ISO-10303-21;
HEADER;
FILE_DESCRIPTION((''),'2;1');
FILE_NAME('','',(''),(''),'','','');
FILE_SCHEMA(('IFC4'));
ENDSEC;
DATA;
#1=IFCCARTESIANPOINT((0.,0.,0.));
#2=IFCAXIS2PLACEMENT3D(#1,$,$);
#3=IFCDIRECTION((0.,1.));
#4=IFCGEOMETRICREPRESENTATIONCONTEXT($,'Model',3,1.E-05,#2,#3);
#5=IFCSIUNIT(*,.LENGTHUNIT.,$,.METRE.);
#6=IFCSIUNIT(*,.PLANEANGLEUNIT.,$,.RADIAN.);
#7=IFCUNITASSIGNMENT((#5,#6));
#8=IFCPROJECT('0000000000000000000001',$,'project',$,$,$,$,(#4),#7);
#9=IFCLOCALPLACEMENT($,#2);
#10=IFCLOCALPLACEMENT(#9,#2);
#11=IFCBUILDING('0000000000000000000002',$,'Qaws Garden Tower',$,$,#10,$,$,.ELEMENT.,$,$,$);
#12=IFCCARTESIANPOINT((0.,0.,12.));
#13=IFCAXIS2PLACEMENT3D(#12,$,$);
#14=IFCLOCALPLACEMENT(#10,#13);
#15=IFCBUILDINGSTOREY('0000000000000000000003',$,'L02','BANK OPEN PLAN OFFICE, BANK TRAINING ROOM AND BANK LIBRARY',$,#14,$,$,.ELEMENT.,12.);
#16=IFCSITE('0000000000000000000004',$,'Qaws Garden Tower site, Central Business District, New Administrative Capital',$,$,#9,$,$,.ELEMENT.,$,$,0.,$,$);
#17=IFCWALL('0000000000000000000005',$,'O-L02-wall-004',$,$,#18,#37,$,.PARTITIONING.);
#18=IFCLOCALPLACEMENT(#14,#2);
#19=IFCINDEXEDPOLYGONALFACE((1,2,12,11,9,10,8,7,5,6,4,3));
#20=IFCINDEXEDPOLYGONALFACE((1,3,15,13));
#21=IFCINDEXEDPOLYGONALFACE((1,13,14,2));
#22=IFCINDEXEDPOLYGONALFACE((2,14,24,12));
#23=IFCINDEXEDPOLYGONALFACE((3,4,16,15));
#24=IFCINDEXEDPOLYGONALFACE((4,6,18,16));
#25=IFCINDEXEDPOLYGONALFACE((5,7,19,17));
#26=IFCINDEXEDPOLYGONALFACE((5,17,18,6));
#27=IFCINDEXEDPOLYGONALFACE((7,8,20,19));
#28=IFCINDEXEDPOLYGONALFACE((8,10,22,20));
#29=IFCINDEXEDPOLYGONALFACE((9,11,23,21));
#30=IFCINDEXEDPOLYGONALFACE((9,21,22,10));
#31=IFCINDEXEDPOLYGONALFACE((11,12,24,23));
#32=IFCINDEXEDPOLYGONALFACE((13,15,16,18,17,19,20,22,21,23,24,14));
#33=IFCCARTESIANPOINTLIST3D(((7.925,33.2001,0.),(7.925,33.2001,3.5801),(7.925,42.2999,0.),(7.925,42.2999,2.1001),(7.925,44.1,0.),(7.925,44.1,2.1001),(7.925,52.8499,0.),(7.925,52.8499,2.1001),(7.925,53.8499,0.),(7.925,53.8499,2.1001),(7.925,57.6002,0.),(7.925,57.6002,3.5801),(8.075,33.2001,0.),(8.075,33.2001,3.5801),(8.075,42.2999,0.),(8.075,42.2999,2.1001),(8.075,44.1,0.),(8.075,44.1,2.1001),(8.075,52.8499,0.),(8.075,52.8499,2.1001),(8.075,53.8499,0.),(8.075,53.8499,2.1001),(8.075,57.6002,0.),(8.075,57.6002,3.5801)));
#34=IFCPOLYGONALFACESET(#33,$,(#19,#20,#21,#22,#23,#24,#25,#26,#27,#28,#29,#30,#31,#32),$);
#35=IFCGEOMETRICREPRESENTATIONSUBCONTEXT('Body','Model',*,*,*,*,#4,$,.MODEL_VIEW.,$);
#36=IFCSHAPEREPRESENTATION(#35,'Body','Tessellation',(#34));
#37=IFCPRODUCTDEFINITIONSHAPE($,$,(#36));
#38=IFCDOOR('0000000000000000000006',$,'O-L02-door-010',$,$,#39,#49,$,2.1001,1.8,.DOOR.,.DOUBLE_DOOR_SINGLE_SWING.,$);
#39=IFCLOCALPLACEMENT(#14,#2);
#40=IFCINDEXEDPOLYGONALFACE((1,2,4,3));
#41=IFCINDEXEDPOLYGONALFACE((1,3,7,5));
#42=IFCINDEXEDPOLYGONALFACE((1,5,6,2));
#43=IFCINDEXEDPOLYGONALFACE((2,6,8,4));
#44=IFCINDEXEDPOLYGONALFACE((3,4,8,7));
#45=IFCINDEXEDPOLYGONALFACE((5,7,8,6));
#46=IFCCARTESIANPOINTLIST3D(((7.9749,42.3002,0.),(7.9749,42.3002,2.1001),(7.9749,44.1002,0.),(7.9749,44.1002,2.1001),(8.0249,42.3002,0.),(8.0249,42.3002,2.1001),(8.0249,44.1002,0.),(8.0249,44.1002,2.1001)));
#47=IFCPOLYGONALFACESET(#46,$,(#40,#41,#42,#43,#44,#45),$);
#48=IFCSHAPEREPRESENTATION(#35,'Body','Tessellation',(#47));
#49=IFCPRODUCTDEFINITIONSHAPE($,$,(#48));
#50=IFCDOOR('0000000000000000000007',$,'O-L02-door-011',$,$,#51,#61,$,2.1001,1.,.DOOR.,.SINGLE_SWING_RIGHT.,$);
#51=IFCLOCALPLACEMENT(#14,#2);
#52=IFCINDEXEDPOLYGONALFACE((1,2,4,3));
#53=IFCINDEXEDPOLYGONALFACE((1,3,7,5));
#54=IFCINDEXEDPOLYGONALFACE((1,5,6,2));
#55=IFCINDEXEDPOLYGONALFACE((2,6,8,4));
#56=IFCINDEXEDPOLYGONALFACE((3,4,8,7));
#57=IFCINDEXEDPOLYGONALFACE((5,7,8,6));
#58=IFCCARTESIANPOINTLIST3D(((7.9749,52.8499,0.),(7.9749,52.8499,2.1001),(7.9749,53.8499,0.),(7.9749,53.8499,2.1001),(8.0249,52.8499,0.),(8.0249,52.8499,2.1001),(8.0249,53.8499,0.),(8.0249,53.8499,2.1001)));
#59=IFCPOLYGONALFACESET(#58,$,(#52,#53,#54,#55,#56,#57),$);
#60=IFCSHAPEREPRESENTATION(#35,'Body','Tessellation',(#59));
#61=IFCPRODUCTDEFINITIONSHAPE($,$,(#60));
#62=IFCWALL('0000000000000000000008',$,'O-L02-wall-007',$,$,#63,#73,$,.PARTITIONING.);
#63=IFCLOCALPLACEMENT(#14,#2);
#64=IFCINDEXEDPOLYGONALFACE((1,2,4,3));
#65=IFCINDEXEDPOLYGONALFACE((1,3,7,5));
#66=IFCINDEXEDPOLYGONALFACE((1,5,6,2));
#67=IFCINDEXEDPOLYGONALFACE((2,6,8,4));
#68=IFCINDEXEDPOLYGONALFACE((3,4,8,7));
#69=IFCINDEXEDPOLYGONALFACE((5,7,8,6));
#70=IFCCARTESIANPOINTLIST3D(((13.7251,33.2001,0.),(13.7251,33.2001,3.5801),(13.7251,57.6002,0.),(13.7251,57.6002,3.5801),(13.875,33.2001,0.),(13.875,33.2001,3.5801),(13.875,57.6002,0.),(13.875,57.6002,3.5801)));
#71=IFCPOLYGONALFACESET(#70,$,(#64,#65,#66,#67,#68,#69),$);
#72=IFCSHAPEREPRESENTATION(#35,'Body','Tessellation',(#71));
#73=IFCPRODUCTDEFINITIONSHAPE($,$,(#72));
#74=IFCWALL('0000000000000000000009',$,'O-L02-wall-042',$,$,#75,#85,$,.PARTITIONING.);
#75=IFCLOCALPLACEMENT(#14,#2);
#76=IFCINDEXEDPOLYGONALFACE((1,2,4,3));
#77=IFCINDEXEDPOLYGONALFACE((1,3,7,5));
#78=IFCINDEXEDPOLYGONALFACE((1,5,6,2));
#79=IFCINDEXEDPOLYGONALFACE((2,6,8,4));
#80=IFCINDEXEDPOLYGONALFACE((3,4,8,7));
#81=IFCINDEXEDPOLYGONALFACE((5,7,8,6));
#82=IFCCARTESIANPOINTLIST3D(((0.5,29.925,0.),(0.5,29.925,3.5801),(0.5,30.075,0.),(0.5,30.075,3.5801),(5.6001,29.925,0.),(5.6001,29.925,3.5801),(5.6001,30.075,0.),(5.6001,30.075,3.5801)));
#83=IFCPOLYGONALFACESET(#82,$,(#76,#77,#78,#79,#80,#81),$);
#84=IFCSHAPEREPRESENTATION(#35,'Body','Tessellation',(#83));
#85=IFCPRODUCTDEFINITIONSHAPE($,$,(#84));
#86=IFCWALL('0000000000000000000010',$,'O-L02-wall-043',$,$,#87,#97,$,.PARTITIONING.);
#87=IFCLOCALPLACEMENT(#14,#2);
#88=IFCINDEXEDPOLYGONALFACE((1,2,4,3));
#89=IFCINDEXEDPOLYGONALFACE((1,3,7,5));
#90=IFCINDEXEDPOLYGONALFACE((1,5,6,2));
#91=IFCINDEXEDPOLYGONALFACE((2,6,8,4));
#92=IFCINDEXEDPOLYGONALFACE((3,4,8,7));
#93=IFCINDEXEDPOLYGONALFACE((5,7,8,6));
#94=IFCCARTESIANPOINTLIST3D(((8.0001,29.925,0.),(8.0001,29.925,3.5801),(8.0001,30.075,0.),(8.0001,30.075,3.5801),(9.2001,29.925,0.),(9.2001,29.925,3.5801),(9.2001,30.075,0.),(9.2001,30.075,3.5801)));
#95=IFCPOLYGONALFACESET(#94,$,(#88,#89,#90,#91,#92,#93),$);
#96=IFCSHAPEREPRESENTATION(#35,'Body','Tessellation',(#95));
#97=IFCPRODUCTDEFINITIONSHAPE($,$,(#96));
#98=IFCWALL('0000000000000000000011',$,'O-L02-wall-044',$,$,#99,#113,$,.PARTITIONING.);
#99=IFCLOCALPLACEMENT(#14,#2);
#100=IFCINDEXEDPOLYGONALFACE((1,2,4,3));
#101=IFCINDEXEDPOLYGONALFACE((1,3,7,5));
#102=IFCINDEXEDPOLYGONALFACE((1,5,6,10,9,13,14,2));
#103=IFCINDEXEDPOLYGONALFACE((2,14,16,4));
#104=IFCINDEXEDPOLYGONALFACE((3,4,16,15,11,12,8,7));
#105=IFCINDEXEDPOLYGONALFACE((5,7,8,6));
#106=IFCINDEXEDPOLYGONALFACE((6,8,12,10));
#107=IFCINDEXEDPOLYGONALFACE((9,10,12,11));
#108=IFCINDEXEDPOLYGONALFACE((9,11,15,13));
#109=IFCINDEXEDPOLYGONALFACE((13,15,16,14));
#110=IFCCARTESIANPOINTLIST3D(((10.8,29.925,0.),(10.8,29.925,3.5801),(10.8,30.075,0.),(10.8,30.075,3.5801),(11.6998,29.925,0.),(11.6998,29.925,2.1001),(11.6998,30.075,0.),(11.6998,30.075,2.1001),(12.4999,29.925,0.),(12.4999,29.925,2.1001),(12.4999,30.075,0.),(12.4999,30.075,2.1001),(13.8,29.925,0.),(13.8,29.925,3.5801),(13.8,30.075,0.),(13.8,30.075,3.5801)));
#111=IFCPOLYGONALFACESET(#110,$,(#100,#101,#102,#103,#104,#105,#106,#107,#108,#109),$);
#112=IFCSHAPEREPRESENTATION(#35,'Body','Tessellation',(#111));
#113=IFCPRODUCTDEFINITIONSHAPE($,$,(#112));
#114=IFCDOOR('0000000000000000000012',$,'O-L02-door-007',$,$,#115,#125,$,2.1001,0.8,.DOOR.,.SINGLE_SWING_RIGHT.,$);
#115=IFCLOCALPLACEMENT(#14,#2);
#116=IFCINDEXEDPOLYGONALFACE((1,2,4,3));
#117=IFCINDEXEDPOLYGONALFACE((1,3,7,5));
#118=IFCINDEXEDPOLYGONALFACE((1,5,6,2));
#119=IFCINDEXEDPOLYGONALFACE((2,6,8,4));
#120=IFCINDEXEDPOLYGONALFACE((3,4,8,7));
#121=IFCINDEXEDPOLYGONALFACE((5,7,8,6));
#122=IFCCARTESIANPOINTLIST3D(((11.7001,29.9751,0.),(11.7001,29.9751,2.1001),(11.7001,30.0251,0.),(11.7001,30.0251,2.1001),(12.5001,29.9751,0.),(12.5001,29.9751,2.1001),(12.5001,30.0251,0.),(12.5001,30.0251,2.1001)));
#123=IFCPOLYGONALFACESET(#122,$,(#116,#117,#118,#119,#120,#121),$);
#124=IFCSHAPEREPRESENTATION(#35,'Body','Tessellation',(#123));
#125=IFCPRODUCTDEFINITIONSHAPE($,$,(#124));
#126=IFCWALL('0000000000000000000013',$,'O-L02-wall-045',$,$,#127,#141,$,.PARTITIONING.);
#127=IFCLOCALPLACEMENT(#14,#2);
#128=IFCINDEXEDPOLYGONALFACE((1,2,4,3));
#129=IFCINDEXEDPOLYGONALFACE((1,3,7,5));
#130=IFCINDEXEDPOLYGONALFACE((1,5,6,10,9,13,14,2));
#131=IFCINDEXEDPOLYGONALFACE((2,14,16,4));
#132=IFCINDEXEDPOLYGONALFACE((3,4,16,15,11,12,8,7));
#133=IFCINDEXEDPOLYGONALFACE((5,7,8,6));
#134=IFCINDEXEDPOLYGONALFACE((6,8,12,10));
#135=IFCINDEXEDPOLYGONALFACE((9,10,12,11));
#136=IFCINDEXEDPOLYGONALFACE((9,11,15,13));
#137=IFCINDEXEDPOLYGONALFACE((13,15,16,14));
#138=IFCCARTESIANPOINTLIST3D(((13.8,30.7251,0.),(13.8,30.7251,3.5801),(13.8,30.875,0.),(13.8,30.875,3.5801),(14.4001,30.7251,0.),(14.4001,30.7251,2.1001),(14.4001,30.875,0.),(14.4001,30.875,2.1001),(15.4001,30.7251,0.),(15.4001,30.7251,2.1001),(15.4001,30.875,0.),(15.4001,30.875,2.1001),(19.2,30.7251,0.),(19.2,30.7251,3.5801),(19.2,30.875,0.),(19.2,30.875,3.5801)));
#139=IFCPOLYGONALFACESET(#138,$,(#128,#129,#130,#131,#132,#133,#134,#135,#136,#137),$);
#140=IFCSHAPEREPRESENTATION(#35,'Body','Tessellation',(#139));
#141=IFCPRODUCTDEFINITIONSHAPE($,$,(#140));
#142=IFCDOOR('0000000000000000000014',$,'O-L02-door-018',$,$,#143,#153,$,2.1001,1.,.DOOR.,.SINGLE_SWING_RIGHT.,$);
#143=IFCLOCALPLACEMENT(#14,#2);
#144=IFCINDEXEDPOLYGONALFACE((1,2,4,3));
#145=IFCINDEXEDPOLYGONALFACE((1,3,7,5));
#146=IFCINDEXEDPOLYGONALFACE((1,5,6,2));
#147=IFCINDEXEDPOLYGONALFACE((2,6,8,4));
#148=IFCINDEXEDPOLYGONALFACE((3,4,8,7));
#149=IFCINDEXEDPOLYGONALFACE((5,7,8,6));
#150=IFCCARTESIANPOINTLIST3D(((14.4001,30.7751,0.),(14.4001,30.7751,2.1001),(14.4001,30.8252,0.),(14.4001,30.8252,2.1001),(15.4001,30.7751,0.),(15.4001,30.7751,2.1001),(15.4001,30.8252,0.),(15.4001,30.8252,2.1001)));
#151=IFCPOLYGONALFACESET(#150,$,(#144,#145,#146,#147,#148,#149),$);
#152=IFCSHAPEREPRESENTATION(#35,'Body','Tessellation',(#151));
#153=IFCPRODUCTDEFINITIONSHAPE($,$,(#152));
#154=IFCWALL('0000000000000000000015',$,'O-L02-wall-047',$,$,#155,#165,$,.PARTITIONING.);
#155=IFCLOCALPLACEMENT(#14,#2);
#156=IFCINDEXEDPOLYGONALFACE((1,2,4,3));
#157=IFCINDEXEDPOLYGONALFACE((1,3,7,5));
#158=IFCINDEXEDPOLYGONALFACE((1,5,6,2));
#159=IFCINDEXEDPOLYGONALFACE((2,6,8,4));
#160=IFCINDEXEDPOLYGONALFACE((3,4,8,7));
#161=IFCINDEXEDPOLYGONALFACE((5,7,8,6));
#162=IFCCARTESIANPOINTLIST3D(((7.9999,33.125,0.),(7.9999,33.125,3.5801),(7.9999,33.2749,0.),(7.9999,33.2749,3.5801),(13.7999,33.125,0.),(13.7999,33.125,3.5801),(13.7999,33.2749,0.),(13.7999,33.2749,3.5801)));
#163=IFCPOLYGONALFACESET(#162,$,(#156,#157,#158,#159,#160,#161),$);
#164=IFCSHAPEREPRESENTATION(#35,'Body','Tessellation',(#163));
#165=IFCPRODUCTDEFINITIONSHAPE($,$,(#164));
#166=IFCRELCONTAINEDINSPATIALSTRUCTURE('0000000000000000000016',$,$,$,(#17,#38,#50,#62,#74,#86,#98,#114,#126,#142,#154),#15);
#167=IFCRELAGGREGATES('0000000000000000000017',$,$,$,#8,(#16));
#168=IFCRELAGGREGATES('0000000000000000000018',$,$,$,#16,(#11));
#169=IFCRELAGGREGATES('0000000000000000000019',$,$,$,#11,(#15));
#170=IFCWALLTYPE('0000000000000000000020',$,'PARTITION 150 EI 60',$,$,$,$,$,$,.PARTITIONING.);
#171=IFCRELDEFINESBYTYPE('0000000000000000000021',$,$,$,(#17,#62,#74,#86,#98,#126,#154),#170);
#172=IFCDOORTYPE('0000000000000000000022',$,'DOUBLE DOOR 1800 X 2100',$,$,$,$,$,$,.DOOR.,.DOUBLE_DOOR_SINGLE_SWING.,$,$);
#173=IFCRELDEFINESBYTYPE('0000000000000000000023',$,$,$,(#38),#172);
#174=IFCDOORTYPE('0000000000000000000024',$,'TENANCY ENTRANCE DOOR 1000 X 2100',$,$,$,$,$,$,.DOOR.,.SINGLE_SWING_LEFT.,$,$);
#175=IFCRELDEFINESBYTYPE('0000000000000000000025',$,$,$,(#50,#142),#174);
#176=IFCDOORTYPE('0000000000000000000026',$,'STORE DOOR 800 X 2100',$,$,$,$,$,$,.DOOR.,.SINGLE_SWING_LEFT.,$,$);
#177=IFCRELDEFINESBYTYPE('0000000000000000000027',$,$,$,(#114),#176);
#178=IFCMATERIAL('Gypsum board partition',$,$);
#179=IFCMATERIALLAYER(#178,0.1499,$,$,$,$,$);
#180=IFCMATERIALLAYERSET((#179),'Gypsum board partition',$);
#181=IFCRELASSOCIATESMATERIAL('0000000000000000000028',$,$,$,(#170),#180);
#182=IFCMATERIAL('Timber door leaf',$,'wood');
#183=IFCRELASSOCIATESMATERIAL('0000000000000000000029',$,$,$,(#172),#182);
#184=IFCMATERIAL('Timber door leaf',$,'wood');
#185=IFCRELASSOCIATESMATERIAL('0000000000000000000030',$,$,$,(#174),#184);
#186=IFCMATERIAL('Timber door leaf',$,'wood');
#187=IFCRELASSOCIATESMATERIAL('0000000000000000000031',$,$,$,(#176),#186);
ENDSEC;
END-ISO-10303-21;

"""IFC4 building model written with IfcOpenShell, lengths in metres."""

from ifc_helpers import new_model, si_unit, direction, frame, frame_2d, origin, place, context, subcontext, project, spatial, rectangle, extrude, material, layer, layer_set, type_object, element, fill, save


model = new_model("IFC4")

# Units and contexts
model_context = context("Model", 3, precision=1e-05, world=origin(), true_north=direction((0.0, 1.0)))
body_context = subcontext(model_context, "Body", "Model", "MODEL_VIEW")
ifc_project = project(units=[si_unit("LENGTHUNIT", "METRE"), si_unit("PLANEANGLEUNIT", "RADIAN")], contexts=[model_context])

# Site, building, storey
site_placement = place(None, origin())
site = spatial("IfcSite", under=ifc_project, at=site_placement, Name="Qaws Garden Tower site, Central Business District, New Administrative Capital", CompositionType="ELEMENT", RefElevation=0.0)
building_placement = place(site_placement, origin())
building = spatial("IfcBuilding", under=site, at=building_placement, Name="Qaws Garden Tower", CompositionType="ELEMENT")
storey_placement = place(building_placement, frame((0.0, 0.0, 12.0)))
storey = spatial("IfcBuildingStorey", under=building, at=storey_placement, Name="L02", Description="BANK OPEN PLAN OFFICE, BANK TRAINING ROOM AND BANK LIBRARY", CompositionType="ELEMENT", Elevation=12.0)

# Wall, openings, doors
ifc_material_1 = material(Name="Gypsum board partition")
ifc_layer_1 = layer(ifc_material_1, 0.1499)
ifc_layer_set_1 = layer_set([ifc_layer_1], Name="Gypsum board partition")
wall_type_1 = type_object("IfcWallType", Name="PARTITION 150 EI 60", PredefinedType="PARTITIONING", material=ifc_layer_set_1)
wall_1_placement = place(storey_placement, frame((8.0, 33.2, 0.0), z_axis=(0.0, 0.0, 1.0), x_axis=(0.0, 1.0, 0.0)))
wall_1 = element("IfcWall", 1, at=wall_1_placement, inside=storey, type_object=wall_type_1, Name="O-L02-wall-004", PredefinedType="PARTITIONING", context=body_context, shape_type="SweptSolid", body=[
    extrude(rectangle(XDim=24.4001, YDim=0.1499, at=frame_2d((12.2002, 0.0))), origin(), (0.0, 0.0, 1.0), 3.5801),
])
opening_1_placement = place(wall_1_placement, frame((9.1001, 0.0, 0.0)))
opening_1 = element("IfcOpeningElement", 2, at=opening_1_placement, cuts=wall_1, PredefinedType="OPENING", context=body_context, shape_type="SweptSolid", body=[
    extrude(rectangle(XDim=1.8, YDim=2.1001, at=frame_2d((0.8999, 1.05))), frame((0.0, 0.085, 0.0), z_axis=(0.0, -1.0, 0.0), x_axis=(1.0, 0.0, 0.0)), (0.0, 0.0, 1.0), 0.1699),
])
opening_2_placement = place(wall_1_placement, frame((19.6499, 0.0, 0.0)))
opening_2 = element("IfcOpeningElement", 3, at=opening_2_placement, cuts=wall_1, PredefinedType="OPENING", context=body_context, shape_type="SweptSolid", body=[
    extrude(rectangle(XDim=1.0, YDim=2.1001, at=frame_2d((0.5, 1.05))), frame((0.0, 0.085, 0.0), z_axis=(0.0, -1.0, 0.0), x_axis=(1.0, 0.0, 0.0)), (0.0, 0.0, 1.0), 0.1699),
])
ifc_material_2 = material(Name="Timber door leaf", Category="wood")
door_type_1 = type_object("IfcDoorType", Name="DOUBLE DOOR 1800 X 2100", OperationType="DOUBLE_DOOR_SINGLE_SWING", PredefinedType="DOOR", material=ifc_material_2)
door_1_placement = place(opening_1_placement, frame((1.8, 0.0, 0.0), z_axis=(0.0, 0.0, 1.0), x_axis=(-1.0, 0.0, 0.0)))
door_1 = element("IfcDoor", 4, at=door_1_placement, inside=storey, type_object=door_type_1, Name="O-L02-door-010", OperationType="DOUBLE_DOOR_SINGLE_SWING", OverallHeight=2.1001, OverallWidth=1.8, PredefinedType="DOOR", context=body_context, shape_type="SweptSolid", body=[
    extrude(rectangle(XDim=1.8, YDim=2.1001, at=frame_2d((0.8999, 1.05))), frame((0.0, 0.0249, 0.0), z_axis=(0.0, -1.0, 0.0), x_axis=(1.0, 0.0, 0.0)), (0.0, 0.0, 1.0), 0.05),
])
fill(opening_1, door_1)
ifc_material_3 = material(Name="Timber door leaf", Category="wood")
door_type_2 = type_object("IfcDoorType", Name="TENANCY ENTRANCE DOOR 1000 X 2100", OperationType="SINGLE_SWING_LEFT", PredefinedType="DOOR", material=ifc_material_3)
door_2_placement = place(opening_2_placement, frame((1.0, 0.0, 0.0), z_axis=(0.0, 0.0, 1.0), x_axis=(-1.0, 0.0, 0.0)))
door_2 = element("IfcDoor", 5, at=door_2_placement, inside=storey, type_object=door_type_2, Name="O-L02-door-011", OperationType="SINGLE_SWING_RIGHT", OverallHeight=2.1001, OverallWidth=1.0, PredefinedType="DOOR", context=body_context, shape_type="SweptSolid", body=[
    extrude(rectangle(XDim=1.0, YDim=2.1001, at=frame_2d((0.5, 1.05))), frame((0.0, 0.0249, 0.0), z_axis=(0.0, -1.0, 0.0), x_axis=(1.0, 0.0, 0.0)), (0.0, 0.0, 1.0), 0.05),
])
fill(opening_2, door_2)

# Walls
wall_2_placement = place(storey_placement, frame((13.8, 33.2, 0.0), z_axis=(0.0, 0.0, 1.0), x_axis=(0.0, 1.0, 0.0)))
element("IfcWall", 6, at=wall_2_placement, inside=storey, type_object=wall_type_1, Name="O-L02-wall-007", PredefinedType="PARTITIONING", context=body_context, shape_type="SweptSolid", body=[
    extrude(rectangle(XDim=24.4001, YDim=0.1499, at=frame_2d((12.2002, 0.0))), origin(), (0.0, 0.0, 1.0), 3.5801),
])
wall_3_placement = place(storey_placement, frame((0.5, 30.0, 0.0), z_axis=(0.0, 0.0, 1.0), x_axis=(1.0, 0.0, 0.0)))
element("IfcWall", 7, at=wall_3_placement, inside=storey, type_object=wall_type_1, Name="O-L02-wall-042", PredefinedType="PARTITIONING", context=body_context, shape_type="SweptSolid", body=[
    extrude(rectangle(XDim=5.1001, YDim=0.1499, at=frame_2d((2.55, 0.0))), origin(), (0.0, 0.0, 1.0), 3.5801),
])
wall_4_placement = place(storey_placement, frame((8.0, 30.0, 0.0), z_axis=(0.0, 0.0, 1.0), x_axis=(1.0, 0.0, 0.0)))
element("IfcWall", 8, at=wall_4_placement, inside=storey, type_object=wall_type_1, Name="O-L02-wall-043", PredefinedType="PARTITIONING", context=body_context, shape_type="SweptSolid", body=[
    extrude(rectangle(XDim=1.2, YDim=0.1499, at=frame_2d((0.6001, 0.0))), origin(), (0.0, 0.0, 1.0), 3.5801),
])

# Walls, openings, doors
wall_5_placement = place(storey_placement, frame((10.8, 30.0, 0.0), z_axis=(0.0, 0.0, 1.0), x_axis=(1.0, 0.0, 0.0)))
wall_5 = element("IfcWall", 9, at=wall_5_placement, inside=storey, type_object=wall_type_1, Name="O-L02-wall-044", PredefinedType="PARTITIONING", context=body_context, shape_type="SweptSolid", body=[
    extrude(rectangle(XDim=3.0, YDim=0.1499, at=frame_2d((1.5, 0.0))), origin(), (0.0, 0.0, 1.0), 3.5801),
])
opening_3_placement = place(wall_5_placement, frame((0.8999, 0.0, 0.0)))
opening_3 = element("IfcOpeningElement", 10, at=opening_3_placement, cuts=wall_5, PredefinedType="OPENING", context=body_context, shape_type="SweptSolid", body=[
    extrude(rectangle(XDim=0.8, YDim=2.1001, at=frame_2d((0.3999, 1.05))), frame((0.0, 0.085, 0.0), z_axis=(0.0, -1.0, 0.0), x_axis=(1.0, 0.0, 0.0)), (0.0, 0.0, 1.0), 0.1699),
])
ifc_material_4 = material(Name="Timber door leaf", Category="wood")
door_type_3 = type_object("IfcDoorType", Name="STORE DOOR 800 X 2100", OperationType="SINGLE_SWING_LEFT", PredefinedType="DOOR", material=ifc_material_4)
door_3_placement = place(opening_3_placement, frame((0.8, 0.0, 0.0), z_axis=(0.0, 0.0, 1.0), x_axis=(-1.0, 0.0, 0.0)))
door_3 = element("IfcDoor", 11, at=door_3_placement, inside=storey, type_object=door_type_3, Name="O-L02-door-007", OperationType="SINGLE_SWING_RIGHT", OverallHeight=2.1001, OverallWidth=0.8, PredefinedType="DOOR", context=body_context, shape_type="SweptSolid", body=[
    extrude(rectangle(XDim=0.8, YDim=2.1001, at=frame_2d((0.3999, 1.05))), frame((0.0, 0.0249, 0.0), z_axis=(0.0, -1.0, 0.0), x_axis=(1.0, 0.0, 0.0)), (0.0, 0.0, 1.0), 0.05),
])
fill(opening_3, door_3)
wall_6_placement = place(storey_placement, frame((13.8, 30.8, 0.0), z_axis=(0.0, 0.0, 1.0), x_axis=(1.0, 0.0, 0.0)))
wall_6 = element("IfcWall", 12, at=wall_6_placement, inside=storey, type_object=wall_type_1, Name="O-L02-wall-045", PredefinedType="PARTITIONING", context=body_context, shape_type="SweptSolid", body=[
    extrude(rectangle(XDim=5.3999, YDim=0.1499, at=frame_2d((2.7, 0.0))), origin(), (0.0, 0.0, 1.0), 3.5801),
])
opening_4_placement = place(wall_6_placement, frame((0.6001, 0.0, 0.0)))
opening_4 = element("IfcOpeningElement", 13, at=opening_4_placement, cuts=wall_6, PredefinedType="OPENING", context=body_context, shape_type="SweptSolid", body=[
    extrude(rectangle(XDim=1.0, YDim=2.1001, at=frame_2d((0.5, 1.05))), frame((0.0, 0.085, 0.0), z_axis=(0.0, -1.0, 0.0), x_axis=(1.0, 0.0, 0.0)), (0.0, 0.0, 1.0), 0.1699),
])
door_4_placement = place(opening_4_placement, frame((1.0, 0.0, 0.0), z_axis=(0.0, 0.0, 1.0), x_axis=(-1.0, 0.0, 0.0)))
door_4 = element("IfcDoor", 14, at=door_4_placement, inside=storey, type_object=door_type_2, Name="O-L02-door-018", OperationType="SINGLE_SWING_RIGHT", OverallHeight=2.1001, OverallWidth=1.0, PredefinedType="DOOR", context=body_context, shape_type="SweptSolid", body=[
    extrude(rectangle(XDim=1.0, YDim=2.1001, at=frame_2d((0.5, 1.05))), frame((0.0, 0.0249, 0.0), z_axis=(0.0, -1.0, 0.0), x_axis=(1.0, 0.0, 0.0)), (0.0, 0.0, 1.0), 0.05),
])
fill(opening_4, door_4)

# Wall
wall_7_placement = place(storey_placement, frame((8.0, 33.2, 0.0), z_axis=(0.0, 0.0, 1.0), x_axis=(1.0, 0.0, 0.0)))
element("IfcWall", 15, at=wall_7_placement, inside=storey, type_object=wall_type_1, Name="O-L02-wall-047", PredefinedType="PARTITIONING", context=body_context, shape_type="SweptSolid", body=[
    extrude(rectangle(XDim=5.8, YDim=0.1499, at=frame_2d((2.8999, 0.0))), origin(), (0.0, 0.0, 1.0), 3.5801),
])

save(model, "model.ifc")
